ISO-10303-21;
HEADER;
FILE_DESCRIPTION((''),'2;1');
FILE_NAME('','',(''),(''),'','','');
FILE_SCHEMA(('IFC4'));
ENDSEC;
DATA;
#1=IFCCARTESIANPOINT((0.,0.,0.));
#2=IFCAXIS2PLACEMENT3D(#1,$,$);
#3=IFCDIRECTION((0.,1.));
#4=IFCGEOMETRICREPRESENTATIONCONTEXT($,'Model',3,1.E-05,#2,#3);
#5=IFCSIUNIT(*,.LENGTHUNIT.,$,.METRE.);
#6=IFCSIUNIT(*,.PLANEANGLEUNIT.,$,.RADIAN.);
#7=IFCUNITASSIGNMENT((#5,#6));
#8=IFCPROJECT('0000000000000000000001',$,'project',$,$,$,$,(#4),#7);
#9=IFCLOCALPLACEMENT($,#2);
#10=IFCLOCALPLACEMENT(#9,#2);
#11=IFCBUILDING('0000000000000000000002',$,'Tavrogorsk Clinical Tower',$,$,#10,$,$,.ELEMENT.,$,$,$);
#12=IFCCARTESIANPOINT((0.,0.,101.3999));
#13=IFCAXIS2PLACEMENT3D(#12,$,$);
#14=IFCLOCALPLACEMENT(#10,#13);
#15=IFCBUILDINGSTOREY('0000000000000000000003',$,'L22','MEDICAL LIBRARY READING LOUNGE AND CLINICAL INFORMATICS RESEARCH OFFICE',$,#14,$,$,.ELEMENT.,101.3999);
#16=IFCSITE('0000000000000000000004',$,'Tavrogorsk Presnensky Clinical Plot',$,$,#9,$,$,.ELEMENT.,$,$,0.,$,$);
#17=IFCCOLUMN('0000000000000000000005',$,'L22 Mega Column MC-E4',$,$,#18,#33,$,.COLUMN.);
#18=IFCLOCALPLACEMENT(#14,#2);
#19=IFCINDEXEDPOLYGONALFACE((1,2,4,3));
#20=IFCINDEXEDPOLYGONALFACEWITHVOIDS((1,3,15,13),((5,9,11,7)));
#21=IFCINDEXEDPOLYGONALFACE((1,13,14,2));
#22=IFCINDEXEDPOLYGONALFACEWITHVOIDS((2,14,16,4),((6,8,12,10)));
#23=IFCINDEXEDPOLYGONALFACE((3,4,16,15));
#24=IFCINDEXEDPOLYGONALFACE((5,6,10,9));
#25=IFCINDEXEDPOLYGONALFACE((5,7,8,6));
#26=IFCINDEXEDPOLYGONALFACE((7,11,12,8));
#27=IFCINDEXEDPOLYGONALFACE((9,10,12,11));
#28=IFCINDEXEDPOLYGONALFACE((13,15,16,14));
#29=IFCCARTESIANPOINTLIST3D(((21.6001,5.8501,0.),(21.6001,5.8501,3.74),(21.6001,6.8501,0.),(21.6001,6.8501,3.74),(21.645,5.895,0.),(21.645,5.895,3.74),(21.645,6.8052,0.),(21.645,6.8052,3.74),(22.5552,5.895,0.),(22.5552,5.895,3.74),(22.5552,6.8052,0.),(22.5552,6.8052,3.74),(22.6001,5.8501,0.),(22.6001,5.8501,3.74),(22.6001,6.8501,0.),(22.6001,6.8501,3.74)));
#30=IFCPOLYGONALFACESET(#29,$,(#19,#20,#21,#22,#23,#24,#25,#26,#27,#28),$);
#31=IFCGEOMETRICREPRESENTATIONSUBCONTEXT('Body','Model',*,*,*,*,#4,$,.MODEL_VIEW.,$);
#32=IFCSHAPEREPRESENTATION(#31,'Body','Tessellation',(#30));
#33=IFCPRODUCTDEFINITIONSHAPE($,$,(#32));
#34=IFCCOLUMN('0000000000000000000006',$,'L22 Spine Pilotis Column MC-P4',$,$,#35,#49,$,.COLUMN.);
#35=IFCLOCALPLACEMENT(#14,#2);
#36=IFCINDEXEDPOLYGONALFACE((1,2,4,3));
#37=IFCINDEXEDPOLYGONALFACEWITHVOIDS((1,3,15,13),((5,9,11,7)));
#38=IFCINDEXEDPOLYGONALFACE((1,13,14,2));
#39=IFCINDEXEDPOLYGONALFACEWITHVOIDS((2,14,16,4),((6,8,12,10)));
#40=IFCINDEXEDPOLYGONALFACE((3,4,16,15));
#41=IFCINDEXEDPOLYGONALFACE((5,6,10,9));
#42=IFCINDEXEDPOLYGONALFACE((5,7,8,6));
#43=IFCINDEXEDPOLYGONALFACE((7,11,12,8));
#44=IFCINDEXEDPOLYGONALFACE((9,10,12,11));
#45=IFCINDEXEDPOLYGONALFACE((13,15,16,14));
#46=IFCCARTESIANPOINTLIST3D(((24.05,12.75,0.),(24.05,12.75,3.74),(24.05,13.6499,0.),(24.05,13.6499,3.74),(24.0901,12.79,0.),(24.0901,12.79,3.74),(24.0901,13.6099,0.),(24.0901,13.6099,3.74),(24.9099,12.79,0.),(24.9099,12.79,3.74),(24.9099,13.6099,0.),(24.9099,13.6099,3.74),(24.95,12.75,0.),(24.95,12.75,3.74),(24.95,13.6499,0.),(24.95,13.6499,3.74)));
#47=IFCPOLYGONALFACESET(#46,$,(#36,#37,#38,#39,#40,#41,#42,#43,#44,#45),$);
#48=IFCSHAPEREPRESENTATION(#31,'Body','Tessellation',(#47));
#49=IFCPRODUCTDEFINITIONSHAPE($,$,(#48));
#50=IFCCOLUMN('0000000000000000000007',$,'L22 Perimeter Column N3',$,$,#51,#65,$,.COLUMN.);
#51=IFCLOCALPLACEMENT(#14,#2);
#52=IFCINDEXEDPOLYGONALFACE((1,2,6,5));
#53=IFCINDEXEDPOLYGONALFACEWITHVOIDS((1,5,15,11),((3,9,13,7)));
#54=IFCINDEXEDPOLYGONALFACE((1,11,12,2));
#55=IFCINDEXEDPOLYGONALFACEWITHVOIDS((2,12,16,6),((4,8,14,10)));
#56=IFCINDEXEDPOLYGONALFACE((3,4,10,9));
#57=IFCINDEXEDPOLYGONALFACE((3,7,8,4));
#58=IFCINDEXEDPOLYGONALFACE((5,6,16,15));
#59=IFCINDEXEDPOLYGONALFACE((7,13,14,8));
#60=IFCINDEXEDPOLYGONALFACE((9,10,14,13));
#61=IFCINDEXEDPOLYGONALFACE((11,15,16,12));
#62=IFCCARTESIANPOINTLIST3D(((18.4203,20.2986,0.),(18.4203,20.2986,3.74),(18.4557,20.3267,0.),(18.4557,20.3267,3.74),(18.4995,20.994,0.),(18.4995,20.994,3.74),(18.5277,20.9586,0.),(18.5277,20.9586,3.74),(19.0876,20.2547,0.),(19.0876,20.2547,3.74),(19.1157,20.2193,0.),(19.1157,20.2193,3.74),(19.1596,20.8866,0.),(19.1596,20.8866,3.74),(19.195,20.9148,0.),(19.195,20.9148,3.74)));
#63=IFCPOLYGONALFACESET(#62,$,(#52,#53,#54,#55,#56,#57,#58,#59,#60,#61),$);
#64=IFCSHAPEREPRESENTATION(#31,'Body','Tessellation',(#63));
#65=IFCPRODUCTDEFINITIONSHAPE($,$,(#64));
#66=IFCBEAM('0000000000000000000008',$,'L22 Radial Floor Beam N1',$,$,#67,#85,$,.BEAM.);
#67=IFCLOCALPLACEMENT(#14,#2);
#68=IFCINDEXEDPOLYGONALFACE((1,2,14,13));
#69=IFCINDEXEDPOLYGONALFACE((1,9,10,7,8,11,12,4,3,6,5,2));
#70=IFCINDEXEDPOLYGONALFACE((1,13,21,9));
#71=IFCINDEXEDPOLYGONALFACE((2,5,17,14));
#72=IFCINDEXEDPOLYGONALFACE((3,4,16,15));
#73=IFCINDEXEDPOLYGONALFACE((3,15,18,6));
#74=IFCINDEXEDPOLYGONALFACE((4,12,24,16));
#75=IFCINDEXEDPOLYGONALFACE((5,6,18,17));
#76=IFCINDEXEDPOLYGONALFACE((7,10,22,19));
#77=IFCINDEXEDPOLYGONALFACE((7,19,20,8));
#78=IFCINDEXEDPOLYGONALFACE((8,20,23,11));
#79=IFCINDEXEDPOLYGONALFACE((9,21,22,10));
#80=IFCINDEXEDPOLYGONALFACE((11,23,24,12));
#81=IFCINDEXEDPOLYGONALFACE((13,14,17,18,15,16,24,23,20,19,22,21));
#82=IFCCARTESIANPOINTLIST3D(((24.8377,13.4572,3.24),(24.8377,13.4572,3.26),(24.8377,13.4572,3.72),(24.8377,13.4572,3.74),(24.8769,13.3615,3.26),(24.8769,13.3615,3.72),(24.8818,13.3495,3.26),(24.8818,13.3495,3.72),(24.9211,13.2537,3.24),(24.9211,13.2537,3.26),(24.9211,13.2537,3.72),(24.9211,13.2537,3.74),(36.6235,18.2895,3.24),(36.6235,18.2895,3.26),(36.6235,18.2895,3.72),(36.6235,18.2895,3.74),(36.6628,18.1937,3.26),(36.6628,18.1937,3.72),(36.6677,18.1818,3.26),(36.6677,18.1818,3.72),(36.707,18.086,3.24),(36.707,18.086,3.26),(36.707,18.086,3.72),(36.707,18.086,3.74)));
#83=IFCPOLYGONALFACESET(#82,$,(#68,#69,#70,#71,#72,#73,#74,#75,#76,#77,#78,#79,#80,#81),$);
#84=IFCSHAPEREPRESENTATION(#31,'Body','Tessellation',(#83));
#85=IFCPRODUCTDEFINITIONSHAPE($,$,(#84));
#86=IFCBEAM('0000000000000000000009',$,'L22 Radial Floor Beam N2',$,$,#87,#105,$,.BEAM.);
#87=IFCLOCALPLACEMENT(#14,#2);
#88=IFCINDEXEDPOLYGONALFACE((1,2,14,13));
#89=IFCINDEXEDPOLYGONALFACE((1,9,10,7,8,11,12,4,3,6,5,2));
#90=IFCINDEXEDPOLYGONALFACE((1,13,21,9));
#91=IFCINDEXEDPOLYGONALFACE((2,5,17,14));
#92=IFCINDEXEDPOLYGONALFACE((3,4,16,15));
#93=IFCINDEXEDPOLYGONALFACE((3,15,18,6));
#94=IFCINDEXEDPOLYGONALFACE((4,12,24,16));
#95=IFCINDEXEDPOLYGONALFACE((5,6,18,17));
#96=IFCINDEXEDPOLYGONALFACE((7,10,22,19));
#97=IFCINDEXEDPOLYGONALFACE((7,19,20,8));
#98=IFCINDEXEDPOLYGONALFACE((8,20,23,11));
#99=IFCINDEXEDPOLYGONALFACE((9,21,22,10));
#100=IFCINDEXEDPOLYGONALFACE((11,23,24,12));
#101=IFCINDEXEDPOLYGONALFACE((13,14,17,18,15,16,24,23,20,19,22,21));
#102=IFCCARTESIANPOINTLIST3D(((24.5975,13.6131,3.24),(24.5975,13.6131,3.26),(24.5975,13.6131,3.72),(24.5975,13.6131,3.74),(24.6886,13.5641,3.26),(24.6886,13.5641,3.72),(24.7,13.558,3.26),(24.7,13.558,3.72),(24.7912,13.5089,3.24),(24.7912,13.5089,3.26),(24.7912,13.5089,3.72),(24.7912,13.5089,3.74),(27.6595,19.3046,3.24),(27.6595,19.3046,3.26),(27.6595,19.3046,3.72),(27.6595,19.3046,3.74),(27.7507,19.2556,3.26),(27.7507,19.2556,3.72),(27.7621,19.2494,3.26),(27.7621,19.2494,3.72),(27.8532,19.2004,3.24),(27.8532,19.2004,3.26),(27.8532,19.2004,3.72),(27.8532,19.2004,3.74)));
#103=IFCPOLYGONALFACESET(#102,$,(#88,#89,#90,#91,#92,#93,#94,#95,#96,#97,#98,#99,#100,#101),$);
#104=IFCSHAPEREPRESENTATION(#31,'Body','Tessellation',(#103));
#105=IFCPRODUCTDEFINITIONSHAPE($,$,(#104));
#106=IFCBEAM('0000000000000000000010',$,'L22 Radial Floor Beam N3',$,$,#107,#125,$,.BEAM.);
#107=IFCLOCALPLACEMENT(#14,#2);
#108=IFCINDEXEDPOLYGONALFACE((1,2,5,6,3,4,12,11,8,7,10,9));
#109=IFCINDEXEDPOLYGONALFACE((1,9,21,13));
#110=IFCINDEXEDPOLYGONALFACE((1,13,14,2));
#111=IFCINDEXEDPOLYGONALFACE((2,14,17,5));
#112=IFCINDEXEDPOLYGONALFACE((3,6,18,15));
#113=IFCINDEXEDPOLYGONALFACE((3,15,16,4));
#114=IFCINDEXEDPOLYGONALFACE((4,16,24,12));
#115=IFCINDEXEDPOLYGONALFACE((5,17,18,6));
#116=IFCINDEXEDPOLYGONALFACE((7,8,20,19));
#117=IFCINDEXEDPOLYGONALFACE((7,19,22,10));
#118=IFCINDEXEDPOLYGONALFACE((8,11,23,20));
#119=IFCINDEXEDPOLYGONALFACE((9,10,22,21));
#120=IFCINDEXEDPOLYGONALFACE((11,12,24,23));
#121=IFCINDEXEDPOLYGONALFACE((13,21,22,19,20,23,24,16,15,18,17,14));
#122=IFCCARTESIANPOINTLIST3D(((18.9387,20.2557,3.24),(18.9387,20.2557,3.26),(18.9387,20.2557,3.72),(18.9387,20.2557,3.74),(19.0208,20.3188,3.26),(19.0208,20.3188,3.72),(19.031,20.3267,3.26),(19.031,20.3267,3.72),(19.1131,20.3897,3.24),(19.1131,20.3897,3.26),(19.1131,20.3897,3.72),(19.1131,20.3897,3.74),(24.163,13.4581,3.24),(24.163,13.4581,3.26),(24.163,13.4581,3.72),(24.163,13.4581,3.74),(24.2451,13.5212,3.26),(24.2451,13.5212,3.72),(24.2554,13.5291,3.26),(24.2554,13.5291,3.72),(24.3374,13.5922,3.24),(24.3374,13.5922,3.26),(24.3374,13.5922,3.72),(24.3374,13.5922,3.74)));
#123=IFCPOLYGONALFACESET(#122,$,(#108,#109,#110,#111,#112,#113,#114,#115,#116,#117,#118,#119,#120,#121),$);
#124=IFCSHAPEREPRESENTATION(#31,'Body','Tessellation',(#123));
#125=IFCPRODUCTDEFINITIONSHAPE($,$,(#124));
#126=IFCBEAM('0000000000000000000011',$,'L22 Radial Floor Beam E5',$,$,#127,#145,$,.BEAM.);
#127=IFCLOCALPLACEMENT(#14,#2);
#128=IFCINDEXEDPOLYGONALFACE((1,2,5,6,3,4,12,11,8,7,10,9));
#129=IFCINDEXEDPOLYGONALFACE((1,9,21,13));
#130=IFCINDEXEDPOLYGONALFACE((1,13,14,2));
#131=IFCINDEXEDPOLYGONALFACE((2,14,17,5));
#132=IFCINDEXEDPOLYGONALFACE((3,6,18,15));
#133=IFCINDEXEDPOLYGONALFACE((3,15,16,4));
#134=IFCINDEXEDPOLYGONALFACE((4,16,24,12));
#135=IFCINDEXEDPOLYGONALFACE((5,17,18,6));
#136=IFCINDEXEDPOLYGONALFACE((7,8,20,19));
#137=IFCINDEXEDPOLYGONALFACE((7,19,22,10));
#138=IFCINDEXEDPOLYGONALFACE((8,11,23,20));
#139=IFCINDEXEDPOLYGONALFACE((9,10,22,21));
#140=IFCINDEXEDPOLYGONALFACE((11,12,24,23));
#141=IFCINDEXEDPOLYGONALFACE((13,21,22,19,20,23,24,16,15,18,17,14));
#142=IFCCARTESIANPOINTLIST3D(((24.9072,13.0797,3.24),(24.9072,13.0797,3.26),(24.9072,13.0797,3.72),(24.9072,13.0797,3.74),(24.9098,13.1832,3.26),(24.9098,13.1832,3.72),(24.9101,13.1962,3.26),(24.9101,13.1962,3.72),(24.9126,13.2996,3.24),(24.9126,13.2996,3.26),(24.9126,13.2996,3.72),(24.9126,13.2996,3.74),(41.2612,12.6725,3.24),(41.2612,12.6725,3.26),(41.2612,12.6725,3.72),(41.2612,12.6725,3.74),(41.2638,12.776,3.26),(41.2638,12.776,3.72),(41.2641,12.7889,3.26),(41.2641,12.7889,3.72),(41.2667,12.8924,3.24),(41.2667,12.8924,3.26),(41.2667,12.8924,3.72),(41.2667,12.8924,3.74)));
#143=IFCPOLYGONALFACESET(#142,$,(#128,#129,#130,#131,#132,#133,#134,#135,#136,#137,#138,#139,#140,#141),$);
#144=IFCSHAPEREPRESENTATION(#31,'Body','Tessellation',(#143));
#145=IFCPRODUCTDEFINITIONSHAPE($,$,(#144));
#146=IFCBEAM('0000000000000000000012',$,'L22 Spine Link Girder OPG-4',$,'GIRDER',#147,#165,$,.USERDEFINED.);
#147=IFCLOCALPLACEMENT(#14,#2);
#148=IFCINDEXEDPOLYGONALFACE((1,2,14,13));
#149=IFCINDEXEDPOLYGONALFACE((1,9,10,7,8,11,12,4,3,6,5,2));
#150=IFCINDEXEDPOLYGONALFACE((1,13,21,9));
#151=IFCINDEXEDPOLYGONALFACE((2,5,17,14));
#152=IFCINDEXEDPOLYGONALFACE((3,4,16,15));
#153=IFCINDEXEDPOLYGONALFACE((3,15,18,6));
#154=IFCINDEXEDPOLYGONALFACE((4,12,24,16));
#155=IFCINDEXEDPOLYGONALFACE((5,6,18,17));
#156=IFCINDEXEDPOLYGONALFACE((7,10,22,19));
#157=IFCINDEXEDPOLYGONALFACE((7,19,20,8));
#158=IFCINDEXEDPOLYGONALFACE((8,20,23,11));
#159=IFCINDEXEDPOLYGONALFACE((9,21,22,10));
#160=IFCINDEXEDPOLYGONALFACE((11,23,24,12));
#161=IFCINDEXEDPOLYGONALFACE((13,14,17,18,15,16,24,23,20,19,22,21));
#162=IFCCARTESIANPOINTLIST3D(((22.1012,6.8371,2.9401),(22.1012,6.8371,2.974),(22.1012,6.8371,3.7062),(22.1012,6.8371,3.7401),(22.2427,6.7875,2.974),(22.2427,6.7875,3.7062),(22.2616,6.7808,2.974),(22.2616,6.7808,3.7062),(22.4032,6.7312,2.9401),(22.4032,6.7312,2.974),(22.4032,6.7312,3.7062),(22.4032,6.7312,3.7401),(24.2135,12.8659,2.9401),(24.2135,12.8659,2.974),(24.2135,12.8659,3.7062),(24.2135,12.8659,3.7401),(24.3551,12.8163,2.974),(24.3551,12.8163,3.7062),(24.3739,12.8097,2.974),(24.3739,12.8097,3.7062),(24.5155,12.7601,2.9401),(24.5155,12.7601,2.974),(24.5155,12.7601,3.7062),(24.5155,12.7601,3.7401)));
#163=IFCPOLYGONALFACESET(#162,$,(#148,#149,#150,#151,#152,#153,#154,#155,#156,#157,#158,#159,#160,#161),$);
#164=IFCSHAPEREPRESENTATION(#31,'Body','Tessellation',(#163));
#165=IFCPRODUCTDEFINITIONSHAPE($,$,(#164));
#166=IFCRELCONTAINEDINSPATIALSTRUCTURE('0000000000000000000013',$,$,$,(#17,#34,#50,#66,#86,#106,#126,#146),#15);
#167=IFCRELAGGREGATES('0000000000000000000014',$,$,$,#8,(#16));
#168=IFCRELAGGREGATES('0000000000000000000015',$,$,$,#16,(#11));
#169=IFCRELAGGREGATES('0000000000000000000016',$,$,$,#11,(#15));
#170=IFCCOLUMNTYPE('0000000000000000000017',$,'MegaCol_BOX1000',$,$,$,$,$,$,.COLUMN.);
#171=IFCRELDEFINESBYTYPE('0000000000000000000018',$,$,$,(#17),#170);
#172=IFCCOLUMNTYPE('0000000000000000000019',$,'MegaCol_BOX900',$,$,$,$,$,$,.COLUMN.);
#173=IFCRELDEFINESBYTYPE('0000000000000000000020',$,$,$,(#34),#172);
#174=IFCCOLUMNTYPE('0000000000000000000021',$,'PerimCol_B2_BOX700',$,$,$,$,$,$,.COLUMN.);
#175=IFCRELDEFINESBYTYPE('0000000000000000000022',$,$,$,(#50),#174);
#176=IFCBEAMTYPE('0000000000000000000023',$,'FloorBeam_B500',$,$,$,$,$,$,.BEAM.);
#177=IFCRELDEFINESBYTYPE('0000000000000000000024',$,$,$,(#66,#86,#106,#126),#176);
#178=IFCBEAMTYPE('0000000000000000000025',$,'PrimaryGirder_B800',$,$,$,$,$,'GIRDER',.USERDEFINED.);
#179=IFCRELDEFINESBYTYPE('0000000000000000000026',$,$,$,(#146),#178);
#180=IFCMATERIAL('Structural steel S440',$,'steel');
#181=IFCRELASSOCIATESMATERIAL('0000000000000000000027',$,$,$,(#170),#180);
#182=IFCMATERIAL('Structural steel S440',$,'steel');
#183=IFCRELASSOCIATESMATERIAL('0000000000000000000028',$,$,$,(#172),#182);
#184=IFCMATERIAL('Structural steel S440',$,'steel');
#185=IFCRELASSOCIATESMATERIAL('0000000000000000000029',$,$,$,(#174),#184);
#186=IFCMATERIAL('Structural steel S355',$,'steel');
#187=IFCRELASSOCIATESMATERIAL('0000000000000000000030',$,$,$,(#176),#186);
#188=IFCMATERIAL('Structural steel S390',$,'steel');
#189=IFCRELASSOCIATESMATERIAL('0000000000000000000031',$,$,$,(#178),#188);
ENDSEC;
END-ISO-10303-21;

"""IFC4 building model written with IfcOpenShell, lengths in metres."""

from ifc_helpers import new_model, si_unit, direction, frame, origin, origin_2d, place, context, subcontext, project, spatial, hollow_rectangle, i_section, extrude, material, material_profile, profile_set, type_object, element, save


model = new_model("IFC4")

# Units and contexts
model_context = context("Model", 3, precision=1e-05, world=origin(), true_north=direction((0.0, 1.0)))
body_context = subcontext(model_context, "Body", "Model", "MODEL_VIEW")
ifc_project = project(units=[si_unit("LENGTHUNIT", "METRE"), si_unit("PLANEANGLEUNIT", "RADIAN")], contexts=[model_context])

# Site, building, storey
site_placement = place(None, origin())
site = spatial("IfcSite", under=ifc_project, at=site_placement, Name="Tavrogorsk Presnensky Clinical Plot", CompositionType="ELEMENT", RefElevation=0.0)
building_placement = place(site_placement, origin())
building = spatial("IfcBuilding", under=site, at=building_placement, Name="Tavrogorsk Clinical Tower", CompositionType="ELEMENT")
storey_placement = place(building_placement, frame((0.0, 0.0, 101.3999)))
storey = spatial("IfcBuildingStorey", under=building, at=storey_placement, Name="L22", Description="MEDICAL LIBRARY READING LOUNGE AND CLINICAL INFORMATICS RESEARCH OFFICE", CompositionType="ELEMENT", Elevation=101.3999)

# Columns
ifc_material_1 = material(Name="Structural steel S440", Category="steel")
ifc_material_profile_1 = material_profile(ifc_material_1, hollow_rectangle(XDim=1.0, YDim=1.0, WallThickness=0.0449, at=origin_2d()), Name="BOX-1000x1000x45")
ifc_profile_set_1 = profile_set([ifc_material_profile_1], Name="Structural steel S440")
column_type_1 = type_object("IfcColumnType", Name="MegaCol_BOX1000", PredefinedType="COLUMN", material=ifc_profile_set_1)
column_1_placement = place(storey_placement, frame((22.1001, 6.3501, 0.0), z_axis=(0.0, 0.0, 1.0), x_axis=(1.0, 0.0, 0.0)))
element("IfcColumn", 1, at=column_1_placement, inside=storey, type_object=column_type_1, Name="L22 Mega Column MC-E4", PredefinedType="COLUMN", context=body_context, shape_type="SweptSolid", body=[
    extrude(hollow_rectangle(XDim=1.0, YDim=1.0, WallThickness=0.0449, at=origin_2d()), origin(), (0.0, 0.0, 1.0), 3.74),
])
ifc_material_2 = material(Name="Structural steel S440", Category="steel")
ifc_material_profile_2 = material_profile(ifc_material_2, hollow_rectangle(XDim=0.8999, YDim=0.8999, WallThickness=0.04, at=origin_2d()), Name="BOX-900x900x40")
ifc_profile_set_2 = profile_set([ifc_material_profile_2], Name="Structural steel S440")
column_type_2 = type_object("IfcColumnType", Name="MegaCol_BOX900", PredefinedType="COLUMN", material=ifc_profile_set_2)
column_2_placement = place(storey_placement, frame((24.5, 13.2, 0.0), z_axis=(0.0, 0.0, 1.0), x_axis=(1.0, 0.0, 0.0)))
element("IfcColumn", 2, at=column_2_placement, inside=storey, type_object=column_type_2, Name="L22 Spine Pilotis Column MC-P4", PredefinedType="COLUMN", context=body_context, shape_type="SweptSolid", body=[
    extrude(hollow_rectangle(XDim=0.8999, YDim=0.8999, WallThickness=0.04, at=origin_2d()), origin(), (0.0, 0.0, 1.0), 3.74),
])
ifc_material_3 = material(Name="Structural steel S440", Category="steel")
ifc_material_profile_3 = material_profile(ifc_material_3, hollow_rectangle(XDim=0.7, YDim=0.7, WallThickness=0.032, at=origin_2d()), Name="BOX-700x700x32")
ifc_profile_set_3 = profile_set([ifc_material_profile_3], Name="Structural steel S440")
column_type_3 = type_object("IfcColumnType", Name="PerimCol_B2_BOX700", PredefinedType="COLUMN", material=ifc_profile_set_3)
column_3_placement = place(storey_placement, frame((18.8076, 20.6067, 0.0), z_axis=(0.0, 0.0, 1.0), x_axis=(0.993572, -0.113203, 0.0)))
element("IfcColumn", 3, at=column_3_placement, inside=storey, type_object=column_type_3, Name="L22 Perimeter Column N3", PredefinedType="COLUMN", context=body_context, shape_type="SweptSolid", body=[
    extrude(hollow_rectangle(XDim=0.7, YDim=0.7, WallThickness=0.032, at=origin_2d()), origin(), (0.0, 0.0, 1.0), 3.74),
])

# Beams
ifc_material_4 = material(Name="Structural steel S355", Category="steel")
ifc_material_profile_4 = material_profile(ifc_material_4, i_section(OverallWidth=0.22, OverallDepth=0.5, WebThickness=0.0129, FlangeThickness=0.02, at=origin_2d()), Name="B-500x220x13x20")
ifc_profile_set_4 = profile_set([ifc_material_profile_4], Name="Structural steel S355")
beam_type_1 = type_object("IfcBeamType", Name="FloorBeam_B500", PredefinedType="BEAM", material=ifc_profile_set_4)
beam_1_placement = place(storey_placement, frame((24.8794, 13.3555, 3.49), z_axis=(0.92525, 0.379357, 0.0), x_axis=(-0.379357, 0.92525, 0.0)))
element("IfcBeam", 4, at=beam_1_placement, inside=storey, type_object=beam_type_1, Name="L22 Radial Floor Beam N1", PredefinedType="BEAM", context=body_context, shape_type="SweptSolid", body=[
    extrude(i_section(OverallWidth=0.22, OverallDepth=0.5, WebThickness=0.0129, FlangeThickness=0.02, at=origin_2d()), origin(), (0.0, 0.0, 1.0), 12.738),
])
beam_2_placement = place(storey_placement, frame((24.6943, 13.561, 3.49), z_axis=(0.473789, 0.880638, 0.0), x_axis=(-0.880638, 0.473789, 0.0)))
element("IfcBeam", 5, at=beam_2_placement, inside=storey, type_object=beam_type_1, Name="L22 Radial Floor Beam N2", PredefinedType="BEAM", context=body_context, shape_type="SweptSolid", body=[
    extrude(i_section(OverallWidth=0.22, OverallDepth=0.5, WebThickness=0.0129, FlangeThickness=0.02, at=origin_2d()), origin(), (0.0, 0.0, 1.0), 6.4629),
])
beam_3_placement = place(storey_placement, frame((24.2502, 13.5251, 3.49), z_axis=(-0.609376, 0.792881, 0.0), x_axis=(-0.792881, -0.609376, 0.0)))
element("IfcBeam", 6, at=beam_3_placement, inside=storey, type_object=beam_type_1, Name="L22 Radial Floor Beam N3", PredefinedType="BEAM", context=body_context, shape_type="SweptSolid", body=[
    extrude(i_section(OverallWidth=0.22, OverallDepth=0.5, WebThickness=0.0129, FlangeThickness=0.02, at=origin_2d()), origin(), (0.0, 0.0, 1.0), 8.5732),
])
beam_4_placement = place(storey_placement, frame((24.9099, 13.1897, 3.49), z_axis=(0.99969, -0.024893, 0.0), x_axis=(0.024893, 0.99969, 0.0)))
element("IfcBeam", 7, at=beam_4_placement, inside=storey, type_object=beam_type_1, Name="L22 Radial Floor Beam E5", PredefinedType="BEAM", context=body_context, shape_type="SweptSolid", body=[
    extrude(i_section(OverallWidth=0.22, OverallDepth=0.5, WebThickness=0.0129, FlangeThickness=0.02, at=origin_2d()), origin(), (0.0, 0.0, 1.0), 16.3591),
])
ifc_material_5 = material(Name="Structural steel S390", Category="steel")
ifc_material_profile_5 = material_profile(ifc_material_5, i_section(OverallWidth=0.3201, OverallDepth=0.8, WebThickness=0.02, FlangeThickness=0.0339, at=origin_2d()), Name="B-800x320x20x34")
ifc_profile_set_5 = profile_set([ifc_material_profile_5], Name="Structural steel S390")
beam_type_2 = type_object("IfcBeamType", Name="PrimaryGirder_B800", ElementType="GIRDER", PredefinedType="USERDEFINED", material=ifc_profile_set_5)
beam_5_placement = place(storey_placement, frame((24.3645, 12.813, 3.3401), z_axis=(-0.33066, -0.94375, 0.0), x_axis=(0.94375, -0.33066, 0.0)))
element("IfcBeam", 8, at=beam_5_placement, inside=storey, type_object=beam_type_2, Name="L22 Spine Link Girder OPG-4", ObjectType="GIRDER", PredefinedType="USERDEFINED", context=body_context, shape_type="SweptSolid", body=[
    extrude(i_section(OverallWidth=0.3201, OverallDepth=0.8, WebThickness=0.02, FlangeThickness=0.0339, at=origin_2d()), origin(), (0.0, 0.0, 1.0), 6.3882),
])

save(model, "model.ifc")
